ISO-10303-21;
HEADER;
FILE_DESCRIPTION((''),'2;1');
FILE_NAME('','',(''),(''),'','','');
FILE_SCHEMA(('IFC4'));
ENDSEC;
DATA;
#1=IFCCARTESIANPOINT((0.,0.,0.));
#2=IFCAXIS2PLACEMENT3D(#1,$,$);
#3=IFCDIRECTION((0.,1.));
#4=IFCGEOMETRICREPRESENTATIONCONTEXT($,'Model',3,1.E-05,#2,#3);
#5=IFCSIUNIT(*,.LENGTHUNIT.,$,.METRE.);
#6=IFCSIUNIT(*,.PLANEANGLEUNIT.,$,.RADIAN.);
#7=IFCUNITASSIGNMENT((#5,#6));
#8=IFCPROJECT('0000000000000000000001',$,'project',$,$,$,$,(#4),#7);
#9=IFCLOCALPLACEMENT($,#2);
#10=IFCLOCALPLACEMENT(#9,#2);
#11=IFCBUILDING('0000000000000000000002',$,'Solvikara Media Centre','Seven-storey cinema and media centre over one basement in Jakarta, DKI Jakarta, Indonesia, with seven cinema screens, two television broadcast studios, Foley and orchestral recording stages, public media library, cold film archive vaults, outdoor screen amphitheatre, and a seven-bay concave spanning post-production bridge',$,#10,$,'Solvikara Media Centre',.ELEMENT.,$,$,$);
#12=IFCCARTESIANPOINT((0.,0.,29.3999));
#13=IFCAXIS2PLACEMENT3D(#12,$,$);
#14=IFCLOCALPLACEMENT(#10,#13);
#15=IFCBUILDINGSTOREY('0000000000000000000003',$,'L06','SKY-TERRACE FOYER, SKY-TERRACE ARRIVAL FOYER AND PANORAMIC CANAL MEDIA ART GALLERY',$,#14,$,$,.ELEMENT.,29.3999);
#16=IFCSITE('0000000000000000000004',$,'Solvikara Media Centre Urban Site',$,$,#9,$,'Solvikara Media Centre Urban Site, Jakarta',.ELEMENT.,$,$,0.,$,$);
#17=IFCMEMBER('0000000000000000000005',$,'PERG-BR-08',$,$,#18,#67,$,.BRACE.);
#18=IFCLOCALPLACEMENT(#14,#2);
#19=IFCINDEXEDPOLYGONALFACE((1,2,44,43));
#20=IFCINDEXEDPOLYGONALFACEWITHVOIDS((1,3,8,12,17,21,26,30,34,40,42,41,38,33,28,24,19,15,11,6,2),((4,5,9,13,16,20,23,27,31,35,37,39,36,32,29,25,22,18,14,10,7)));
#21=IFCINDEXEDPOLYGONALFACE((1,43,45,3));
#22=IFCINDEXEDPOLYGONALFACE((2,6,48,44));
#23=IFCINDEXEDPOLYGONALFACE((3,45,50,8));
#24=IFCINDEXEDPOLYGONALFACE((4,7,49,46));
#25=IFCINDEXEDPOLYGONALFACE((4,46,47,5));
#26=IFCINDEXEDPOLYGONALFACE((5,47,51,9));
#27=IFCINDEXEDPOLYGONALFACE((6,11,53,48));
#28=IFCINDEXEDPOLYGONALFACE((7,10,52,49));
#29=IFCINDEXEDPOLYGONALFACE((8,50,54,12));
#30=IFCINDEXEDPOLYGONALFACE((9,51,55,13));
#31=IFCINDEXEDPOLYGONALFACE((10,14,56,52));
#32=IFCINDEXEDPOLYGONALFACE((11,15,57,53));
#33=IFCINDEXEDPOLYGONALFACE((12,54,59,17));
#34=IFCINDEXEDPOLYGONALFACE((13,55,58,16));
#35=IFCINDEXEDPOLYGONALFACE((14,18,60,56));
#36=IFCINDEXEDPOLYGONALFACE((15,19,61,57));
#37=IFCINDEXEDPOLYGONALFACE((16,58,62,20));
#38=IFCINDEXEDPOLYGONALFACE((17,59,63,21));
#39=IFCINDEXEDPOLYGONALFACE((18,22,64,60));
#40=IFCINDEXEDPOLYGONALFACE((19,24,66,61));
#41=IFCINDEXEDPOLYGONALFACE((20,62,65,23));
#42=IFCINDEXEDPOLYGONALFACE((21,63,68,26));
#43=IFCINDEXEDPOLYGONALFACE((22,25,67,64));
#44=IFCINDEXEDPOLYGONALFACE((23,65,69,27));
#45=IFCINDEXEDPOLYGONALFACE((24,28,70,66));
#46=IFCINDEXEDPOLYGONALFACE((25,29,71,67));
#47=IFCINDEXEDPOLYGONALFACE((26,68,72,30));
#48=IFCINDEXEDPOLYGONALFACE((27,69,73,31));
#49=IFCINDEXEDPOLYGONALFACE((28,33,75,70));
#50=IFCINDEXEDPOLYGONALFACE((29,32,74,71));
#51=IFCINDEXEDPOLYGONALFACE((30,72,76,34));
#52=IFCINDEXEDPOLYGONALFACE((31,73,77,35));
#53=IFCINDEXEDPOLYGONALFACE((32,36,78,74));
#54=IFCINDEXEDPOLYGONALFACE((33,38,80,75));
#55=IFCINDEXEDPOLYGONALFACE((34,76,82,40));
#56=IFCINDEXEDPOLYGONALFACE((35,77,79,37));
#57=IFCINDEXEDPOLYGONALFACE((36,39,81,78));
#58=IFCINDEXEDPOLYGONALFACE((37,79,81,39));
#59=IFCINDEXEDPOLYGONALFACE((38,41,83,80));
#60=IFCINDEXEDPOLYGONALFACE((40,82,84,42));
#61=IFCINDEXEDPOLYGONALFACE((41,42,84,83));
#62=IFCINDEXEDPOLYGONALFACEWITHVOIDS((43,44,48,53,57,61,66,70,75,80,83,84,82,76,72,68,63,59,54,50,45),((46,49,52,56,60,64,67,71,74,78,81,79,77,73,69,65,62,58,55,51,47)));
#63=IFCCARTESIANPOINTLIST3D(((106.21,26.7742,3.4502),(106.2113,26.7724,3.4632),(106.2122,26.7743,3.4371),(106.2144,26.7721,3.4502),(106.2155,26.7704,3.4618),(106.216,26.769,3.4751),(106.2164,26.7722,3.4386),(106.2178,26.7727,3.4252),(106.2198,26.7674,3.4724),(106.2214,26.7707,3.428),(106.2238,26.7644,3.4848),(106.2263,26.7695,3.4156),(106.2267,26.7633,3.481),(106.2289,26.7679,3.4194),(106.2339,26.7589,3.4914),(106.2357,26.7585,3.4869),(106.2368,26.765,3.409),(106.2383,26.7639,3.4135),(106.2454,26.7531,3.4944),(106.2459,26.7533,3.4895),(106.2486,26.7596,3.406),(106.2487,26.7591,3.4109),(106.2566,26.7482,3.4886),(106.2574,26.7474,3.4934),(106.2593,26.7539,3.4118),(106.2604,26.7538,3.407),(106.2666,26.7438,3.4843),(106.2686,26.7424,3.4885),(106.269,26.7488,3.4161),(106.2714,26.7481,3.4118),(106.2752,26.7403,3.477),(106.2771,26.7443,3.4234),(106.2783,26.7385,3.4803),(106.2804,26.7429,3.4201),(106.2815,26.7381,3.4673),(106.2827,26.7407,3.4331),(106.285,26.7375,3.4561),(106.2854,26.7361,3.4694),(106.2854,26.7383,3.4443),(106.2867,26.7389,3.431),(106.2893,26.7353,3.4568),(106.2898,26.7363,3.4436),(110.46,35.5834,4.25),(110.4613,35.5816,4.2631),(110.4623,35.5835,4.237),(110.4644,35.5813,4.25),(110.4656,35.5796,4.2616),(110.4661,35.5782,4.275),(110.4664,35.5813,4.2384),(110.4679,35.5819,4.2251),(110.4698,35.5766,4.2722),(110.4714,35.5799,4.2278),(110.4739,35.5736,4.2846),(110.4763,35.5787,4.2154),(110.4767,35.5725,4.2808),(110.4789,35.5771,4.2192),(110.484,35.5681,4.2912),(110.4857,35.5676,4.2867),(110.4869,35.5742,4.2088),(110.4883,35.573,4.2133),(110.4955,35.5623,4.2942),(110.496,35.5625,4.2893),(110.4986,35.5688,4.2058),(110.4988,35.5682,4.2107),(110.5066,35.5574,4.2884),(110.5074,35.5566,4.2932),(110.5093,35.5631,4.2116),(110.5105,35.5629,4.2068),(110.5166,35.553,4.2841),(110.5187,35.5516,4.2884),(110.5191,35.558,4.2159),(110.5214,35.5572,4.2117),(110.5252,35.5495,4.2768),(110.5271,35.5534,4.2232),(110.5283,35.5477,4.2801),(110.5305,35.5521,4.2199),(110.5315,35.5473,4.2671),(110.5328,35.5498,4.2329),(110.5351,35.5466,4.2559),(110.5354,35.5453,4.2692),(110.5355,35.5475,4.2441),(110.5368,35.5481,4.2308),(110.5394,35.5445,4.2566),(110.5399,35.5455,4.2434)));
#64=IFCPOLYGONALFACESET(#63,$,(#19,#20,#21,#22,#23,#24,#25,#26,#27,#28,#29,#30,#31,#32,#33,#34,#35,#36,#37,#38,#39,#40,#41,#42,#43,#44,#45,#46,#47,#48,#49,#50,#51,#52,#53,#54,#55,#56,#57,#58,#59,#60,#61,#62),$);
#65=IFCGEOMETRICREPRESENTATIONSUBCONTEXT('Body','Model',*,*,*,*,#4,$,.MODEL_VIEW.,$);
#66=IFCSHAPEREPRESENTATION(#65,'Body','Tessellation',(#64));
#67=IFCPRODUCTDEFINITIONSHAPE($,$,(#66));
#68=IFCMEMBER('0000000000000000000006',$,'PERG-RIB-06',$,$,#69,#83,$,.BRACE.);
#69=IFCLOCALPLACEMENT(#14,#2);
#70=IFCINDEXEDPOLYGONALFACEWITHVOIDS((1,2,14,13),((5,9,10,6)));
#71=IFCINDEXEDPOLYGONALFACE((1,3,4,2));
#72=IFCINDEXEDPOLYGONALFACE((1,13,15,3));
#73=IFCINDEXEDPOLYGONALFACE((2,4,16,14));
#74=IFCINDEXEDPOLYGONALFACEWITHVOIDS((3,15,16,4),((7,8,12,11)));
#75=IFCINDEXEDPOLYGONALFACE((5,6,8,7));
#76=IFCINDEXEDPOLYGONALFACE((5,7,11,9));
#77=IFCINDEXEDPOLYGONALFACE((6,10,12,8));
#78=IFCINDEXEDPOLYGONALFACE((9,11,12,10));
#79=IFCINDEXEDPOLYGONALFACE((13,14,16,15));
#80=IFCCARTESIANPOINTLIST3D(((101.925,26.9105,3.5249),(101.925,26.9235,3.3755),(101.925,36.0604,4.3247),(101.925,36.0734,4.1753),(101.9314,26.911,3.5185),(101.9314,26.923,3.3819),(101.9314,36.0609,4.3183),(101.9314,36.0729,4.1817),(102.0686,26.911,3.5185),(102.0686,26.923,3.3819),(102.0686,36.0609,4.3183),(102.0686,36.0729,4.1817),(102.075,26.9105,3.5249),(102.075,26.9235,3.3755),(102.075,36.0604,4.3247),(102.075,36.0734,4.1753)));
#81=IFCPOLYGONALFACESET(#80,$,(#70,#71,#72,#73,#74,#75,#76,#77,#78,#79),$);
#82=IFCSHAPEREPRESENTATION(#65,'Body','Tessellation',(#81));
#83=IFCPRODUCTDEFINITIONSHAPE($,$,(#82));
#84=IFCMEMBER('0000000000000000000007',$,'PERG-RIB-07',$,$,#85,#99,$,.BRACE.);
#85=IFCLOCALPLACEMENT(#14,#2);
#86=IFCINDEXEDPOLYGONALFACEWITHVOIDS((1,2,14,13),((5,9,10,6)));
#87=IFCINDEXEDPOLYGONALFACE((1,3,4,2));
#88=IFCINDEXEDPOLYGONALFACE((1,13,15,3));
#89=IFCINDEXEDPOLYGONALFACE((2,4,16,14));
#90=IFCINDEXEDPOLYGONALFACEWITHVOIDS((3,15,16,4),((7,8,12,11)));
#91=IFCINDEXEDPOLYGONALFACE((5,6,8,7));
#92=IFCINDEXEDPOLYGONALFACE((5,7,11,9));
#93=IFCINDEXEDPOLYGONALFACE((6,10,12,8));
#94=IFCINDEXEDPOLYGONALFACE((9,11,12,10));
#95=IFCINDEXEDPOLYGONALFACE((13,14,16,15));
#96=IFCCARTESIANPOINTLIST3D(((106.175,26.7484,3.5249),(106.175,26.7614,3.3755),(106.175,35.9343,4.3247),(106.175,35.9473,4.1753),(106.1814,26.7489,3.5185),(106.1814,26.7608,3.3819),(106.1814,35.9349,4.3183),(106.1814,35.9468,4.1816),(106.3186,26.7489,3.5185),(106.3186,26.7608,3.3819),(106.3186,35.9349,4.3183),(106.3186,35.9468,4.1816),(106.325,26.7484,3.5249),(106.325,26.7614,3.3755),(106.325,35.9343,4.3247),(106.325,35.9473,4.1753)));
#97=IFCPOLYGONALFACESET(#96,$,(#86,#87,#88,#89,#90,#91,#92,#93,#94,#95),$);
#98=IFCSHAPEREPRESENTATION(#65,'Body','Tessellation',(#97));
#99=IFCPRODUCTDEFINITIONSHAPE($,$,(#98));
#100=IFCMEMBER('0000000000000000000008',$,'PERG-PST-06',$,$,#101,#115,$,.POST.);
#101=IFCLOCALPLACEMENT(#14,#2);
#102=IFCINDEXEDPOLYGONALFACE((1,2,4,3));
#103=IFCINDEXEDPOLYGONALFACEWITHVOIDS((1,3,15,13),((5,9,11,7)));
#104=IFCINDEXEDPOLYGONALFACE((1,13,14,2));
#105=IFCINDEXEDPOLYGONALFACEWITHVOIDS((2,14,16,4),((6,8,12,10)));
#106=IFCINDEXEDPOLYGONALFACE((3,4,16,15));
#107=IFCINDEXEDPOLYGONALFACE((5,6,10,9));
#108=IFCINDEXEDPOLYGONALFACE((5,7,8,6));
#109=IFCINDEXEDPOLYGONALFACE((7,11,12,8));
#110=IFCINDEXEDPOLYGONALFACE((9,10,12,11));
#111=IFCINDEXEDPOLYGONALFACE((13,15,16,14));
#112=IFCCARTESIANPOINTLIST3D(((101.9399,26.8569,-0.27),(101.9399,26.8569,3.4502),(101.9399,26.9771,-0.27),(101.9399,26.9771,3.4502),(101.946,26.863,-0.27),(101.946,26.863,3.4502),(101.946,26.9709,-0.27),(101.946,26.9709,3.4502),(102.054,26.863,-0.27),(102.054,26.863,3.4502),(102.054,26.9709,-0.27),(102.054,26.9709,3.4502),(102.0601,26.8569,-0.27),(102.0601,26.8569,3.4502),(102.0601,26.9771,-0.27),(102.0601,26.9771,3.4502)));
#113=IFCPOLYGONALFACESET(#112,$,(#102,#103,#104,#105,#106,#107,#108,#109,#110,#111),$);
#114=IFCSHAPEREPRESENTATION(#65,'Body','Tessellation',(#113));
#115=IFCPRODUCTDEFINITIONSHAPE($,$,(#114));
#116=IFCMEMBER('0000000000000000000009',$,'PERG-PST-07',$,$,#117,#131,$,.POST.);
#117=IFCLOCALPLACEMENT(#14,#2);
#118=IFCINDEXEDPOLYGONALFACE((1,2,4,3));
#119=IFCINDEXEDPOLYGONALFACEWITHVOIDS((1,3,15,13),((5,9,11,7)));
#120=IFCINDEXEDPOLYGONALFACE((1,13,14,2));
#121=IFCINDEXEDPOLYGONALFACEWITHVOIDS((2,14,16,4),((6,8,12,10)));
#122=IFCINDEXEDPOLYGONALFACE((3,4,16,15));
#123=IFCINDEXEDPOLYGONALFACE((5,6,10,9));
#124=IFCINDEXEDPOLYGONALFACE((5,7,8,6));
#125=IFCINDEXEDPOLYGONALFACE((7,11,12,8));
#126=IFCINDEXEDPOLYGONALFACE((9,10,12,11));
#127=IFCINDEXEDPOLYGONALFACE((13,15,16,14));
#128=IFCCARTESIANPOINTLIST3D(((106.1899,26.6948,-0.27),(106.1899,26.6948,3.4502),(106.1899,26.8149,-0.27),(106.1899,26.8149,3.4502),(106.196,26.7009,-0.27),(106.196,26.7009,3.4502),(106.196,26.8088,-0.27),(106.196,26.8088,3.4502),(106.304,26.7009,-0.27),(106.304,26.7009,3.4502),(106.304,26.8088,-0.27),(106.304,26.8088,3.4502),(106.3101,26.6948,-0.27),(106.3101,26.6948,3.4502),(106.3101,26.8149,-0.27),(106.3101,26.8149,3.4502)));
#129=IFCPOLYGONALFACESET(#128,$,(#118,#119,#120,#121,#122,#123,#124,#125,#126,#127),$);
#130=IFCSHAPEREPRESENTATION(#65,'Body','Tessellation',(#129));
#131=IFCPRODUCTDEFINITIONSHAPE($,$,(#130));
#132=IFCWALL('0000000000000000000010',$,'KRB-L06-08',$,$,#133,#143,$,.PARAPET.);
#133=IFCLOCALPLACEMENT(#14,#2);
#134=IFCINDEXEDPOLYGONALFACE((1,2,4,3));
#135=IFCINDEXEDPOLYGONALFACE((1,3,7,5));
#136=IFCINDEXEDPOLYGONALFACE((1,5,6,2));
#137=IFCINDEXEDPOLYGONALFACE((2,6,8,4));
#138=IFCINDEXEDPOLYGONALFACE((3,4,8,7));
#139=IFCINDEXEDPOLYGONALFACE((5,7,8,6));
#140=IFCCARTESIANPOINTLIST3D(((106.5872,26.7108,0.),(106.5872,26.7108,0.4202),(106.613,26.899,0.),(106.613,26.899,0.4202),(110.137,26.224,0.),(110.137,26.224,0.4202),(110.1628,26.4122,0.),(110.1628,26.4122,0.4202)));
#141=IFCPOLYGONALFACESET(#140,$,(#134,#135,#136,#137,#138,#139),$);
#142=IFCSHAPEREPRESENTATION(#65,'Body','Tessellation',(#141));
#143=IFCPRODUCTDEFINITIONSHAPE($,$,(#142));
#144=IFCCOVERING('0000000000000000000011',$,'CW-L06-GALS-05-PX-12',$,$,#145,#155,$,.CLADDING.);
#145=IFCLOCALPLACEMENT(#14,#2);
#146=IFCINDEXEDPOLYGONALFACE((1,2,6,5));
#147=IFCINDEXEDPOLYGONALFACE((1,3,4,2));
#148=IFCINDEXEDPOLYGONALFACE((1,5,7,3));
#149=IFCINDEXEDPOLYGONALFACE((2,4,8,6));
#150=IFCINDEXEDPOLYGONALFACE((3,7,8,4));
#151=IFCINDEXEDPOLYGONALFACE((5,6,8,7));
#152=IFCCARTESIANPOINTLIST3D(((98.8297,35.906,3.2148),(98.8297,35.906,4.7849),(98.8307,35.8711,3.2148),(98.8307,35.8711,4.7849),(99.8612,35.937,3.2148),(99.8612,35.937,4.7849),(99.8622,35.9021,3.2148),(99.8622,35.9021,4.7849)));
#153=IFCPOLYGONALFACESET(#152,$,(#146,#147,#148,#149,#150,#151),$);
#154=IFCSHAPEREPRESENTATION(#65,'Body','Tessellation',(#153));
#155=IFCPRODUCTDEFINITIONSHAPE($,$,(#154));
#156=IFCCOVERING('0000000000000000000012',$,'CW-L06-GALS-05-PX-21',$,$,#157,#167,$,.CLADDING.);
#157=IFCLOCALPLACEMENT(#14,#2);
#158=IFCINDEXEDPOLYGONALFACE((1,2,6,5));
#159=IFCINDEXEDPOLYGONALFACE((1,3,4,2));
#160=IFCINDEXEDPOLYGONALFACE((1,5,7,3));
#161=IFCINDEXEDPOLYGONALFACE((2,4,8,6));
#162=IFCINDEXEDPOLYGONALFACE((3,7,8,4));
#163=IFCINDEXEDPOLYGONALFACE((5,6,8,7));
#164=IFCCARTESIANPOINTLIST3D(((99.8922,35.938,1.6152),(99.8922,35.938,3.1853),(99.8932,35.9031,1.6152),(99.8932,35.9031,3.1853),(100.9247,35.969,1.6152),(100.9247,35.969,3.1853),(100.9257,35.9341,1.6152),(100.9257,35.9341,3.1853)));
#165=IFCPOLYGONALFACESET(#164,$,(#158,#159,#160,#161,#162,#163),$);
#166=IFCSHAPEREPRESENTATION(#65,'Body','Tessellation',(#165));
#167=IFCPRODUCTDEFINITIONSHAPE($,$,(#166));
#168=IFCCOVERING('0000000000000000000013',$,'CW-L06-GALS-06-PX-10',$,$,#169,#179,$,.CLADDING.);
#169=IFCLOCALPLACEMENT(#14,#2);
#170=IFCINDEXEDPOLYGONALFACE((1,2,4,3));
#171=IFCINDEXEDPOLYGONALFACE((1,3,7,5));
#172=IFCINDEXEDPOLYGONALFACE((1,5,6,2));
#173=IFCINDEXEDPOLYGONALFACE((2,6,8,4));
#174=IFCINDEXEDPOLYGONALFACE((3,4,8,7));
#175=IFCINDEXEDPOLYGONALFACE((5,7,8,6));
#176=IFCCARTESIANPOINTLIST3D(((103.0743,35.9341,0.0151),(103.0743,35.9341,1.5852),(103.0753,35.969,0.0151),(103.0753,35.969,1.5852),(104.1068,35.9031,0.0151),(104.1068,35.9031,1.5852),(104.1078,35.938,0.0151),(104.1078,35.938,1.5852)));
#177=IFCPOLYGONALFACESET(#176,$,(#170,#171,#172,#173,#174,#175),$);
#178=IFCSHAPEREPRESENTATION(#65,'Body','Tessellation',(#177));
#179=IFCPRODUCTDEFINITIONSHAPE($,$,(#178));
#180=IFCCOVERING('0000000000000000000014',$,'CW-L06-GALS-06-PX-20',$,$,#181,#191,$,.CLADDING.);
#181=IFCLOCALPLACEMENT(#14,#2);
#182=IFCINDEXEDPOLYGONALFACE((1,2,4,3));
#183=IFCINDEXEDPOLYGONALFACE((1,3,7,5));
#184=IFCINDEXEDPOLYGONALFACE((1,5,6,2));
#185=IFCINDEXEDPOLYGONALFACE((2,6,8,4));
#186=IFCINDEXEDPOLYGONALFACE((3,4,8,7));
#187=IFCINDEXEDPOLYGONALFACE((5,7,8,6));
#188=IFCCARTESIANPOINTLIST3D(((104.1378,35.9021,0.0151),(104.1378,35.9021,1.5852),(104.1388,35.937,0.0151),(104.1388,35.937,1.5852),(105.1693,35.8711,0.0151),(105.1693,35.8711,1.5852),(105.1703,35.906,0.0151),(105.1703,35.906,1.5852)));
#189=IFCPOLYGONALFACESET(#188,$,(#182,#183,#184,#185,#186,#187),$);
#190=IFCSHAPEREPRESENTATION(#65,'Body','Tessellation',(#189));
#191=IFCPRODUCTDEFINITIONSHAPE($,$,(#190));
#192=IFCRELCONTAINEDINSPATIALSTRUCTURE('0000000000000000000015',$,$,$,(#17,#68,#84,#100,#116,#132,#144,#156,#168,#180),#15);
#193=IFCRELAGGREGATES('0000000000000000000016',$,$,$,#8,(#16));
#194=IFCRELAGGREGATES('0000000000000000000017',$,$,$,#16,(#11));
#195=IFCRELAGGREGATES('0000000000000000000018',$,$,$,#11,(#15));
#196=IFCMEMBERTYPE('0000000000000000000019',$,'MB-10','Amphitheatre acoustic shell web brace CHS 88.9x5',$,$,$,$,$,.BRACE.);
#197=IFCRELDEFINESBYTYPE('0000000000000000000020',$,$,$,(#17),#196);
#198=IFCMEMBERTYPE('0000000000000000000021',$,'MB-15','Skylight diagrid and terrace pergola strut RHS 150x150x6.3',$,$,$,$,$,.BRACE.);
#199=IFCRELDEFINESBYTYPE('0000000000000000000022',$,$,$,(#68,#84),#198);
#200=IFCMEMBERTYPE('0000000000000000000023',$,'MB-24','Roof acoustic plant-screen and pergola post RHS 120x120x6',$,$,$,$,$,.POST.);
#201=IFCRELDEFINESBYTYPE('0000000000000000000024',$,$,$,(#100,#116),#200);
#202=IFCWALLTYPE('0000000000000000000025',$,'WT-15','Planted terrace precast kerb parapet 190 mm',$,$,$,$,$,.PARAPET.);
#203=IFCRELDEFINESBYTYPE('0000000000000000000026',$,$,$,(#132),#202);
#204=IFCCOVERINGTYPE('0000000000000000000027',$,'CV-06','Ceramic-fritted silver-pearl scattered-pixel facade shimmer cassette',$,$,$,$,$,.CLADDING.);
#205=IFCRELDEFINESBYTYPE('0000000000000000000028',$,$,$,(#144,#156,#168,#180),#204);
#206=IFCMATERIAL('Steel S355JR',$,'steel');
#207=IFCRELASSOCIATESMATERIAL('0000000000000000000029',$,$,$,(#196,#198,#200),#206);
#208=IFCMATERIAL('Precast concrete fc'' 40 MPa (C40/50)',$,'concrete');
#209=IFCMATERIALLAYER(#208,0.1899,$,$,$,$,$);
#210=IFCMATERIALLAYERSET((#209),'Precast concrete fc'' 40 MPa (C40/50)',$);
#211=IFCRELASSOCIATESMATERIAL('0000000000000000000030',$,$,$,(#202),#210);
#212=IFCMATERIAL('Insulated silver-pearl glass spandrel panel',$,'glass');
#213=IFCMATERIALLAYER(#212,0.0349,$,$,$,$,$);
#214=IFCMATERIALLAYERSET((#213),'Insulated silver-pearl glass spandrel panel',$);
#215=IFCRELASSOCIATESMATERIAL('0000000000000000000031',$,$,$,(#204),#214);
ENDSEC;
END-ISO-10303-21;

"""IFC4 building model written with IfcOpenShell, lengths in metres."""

from ifc_helpers import new_model, si_unit, direction, frame, frame_2d, origin, origin_2d, place, context, subcontext, project, spatial, rectangle, hollow_rectangle, hollow_circle, extrude, material, layer, layer_set, material_profile, profile_set, type_object, element, save


model = new_model("IFC4")

# Units and contexts
model_context = context("Model", 3, precision=1e-05, world=origin(), true_north=direction((0.0, 1.0)))
body_context = subcontext(model_context, "Body", "Model", "MODEL_VIEW")
ifc_project = project(units=[si_unit("LENGTHUNIT", "METRE"), si_unit("PLANEANGLEUNIT", "RADIAN")], contexts=[model_context])

# Site, building, storey
site_placement = place(None, origin())
site = spatial("IfcSite", under=ifc_project, at=site_placement, Name="Solvikara Media Centre Urban Site", LongName="Solvikara Media Centre Urban Site, Jakarta", CompositionType="ELEMENT", RefElevation=0.0)
building_placement = place(site_placement, origin())
building = spatial("IfcBuilding", under=site, at=building_placement, Name="Solvikara Media Centre", Description="Seven-storey cinema and media centre over one basement in Jakarta, DKI Jakarta, Indonesia, with seven cinema screens, two television broadcast studios, Foley and orchestral recording stages, public media library, cold film archive vaults, outdoor screen amphitheatre, and a seven-bay concave spanning post-production bridge", LongName="Solvikara Media Centre", CompositionType="ELEMENT")
storey_placement = place(building_placement, frame((0.0, 0.0, 29.3999)))
storey = spatial("IfcBuildingStorey", under=building, at=storey_placement, Name="L06", Description="SKY-TERRACE FOYER, SKY-TERRACE ARRIVAL FOYER AND PANORAMIC CANAL MEDIA ART GALLERY", CompositionType="ELEMENT", Elevation=29.3999)

# Shared definitions
ifc_material_1 = material(Name="Steel S355JR", Category="steel")

# Members
ifc_material_profile_1 = material_profile(ifc_material_1, hollow_circle(Radius=0.0444, WallThickness=0.0049, at=origin_2d()), Name="CHS 88.9x5")
ifc_profile_set_1 = profile_set([ifc_material_profile_1], Name="Steel S355JR")
member_type_1 = type_object("IfcMemberType", Name="MB-10", Description="Amphitheatre acoustic shell web brace CHS 88.9x5", PredefinedType="BRACE", material=ifc_profile_set_1)
member_1_placement = place(storey_placement, frame((106.25, 26.7549, 3.4502), z_axis=(0.433083, 0.897662, 0.081502), x_axis=(-0.900658, 0.434528, 0.0)))
element("IfcMember", 1, at=member_1_placement, inside=storey, type_object=member_type_1, Name="PERG-BR-08", PredefinedType="BRACE", context=body_context, shape_type="SweptSolid", body=[
    extrude(hollow_circle(Radius=0.0444, WallThickness=0.0049, at=origin_2d()), origin(), (0.0, 0.0, 1.0), 9.8135),
])
ifc_material_profile_2 = material_profile(ifc_material_1, hollow_rectangle(XDim=0.1499, YDim=0.1499, WallThickness=0.0063, at=origin_2d()), Name="RHS 150x150x6.3")
ifc_profile_set_2 = profile_set([ifc_material_profile_2], Name="Steel S355JR")
member_type_2 = type_object("IfcMemberType", Name="MB-15", Description="Skylight diagrid and terrace pergola strut RHS 150x150x6.3", PredefinedType="BRACE", material=ifc_profile_set_2)
member_2_placement = place(storey_placement, frame((102.0, 26.917, 3.4502), z_axis=(0.0, 0.996201, 0.087079), x_axis=(-1.0, 0.0, 0.0)))
element("IfcMember", 2, at=member_2_placement, inside=storey, type_object=member_type_2, Name="PERG-RIB-06", PredefinedType="BRACE", context=body_context, shape_type="SweptSolid", body=[
    extrude(hollow_rectangle(XDim=0.1499, YDim=0.1499, WallThickness=0.0063, at=origin_2d()), origin(), (0.0, 0.0, 1.0), 9.1848),
])
member_3_placement = place(storey_placement, frame((106.25, 26.7549, 3.4502), z_axis=(0.0, 0.996231, 0.086739), x_axis=(-1.0, 0.0, 0.0)))
element("IfcMember", 3, at=member_3_placement, inside=storey, type_object=member_type_2, Name="PERG-RIB-07", PredefinedType="BRACE", context=body_context, shape_type="SweptSolid", body=[
    extrude(hollow_rectangle(XDim=0.1499, YDim=0.1499, WallThickness=0.0063, at=origin_2d()), origin(), (0.0, 0.0, 1.0), 9.2207),
])
ifc_material_profile_3 = material_profile(ifc_material_1, hollow_rectangle(XDim=0.1201, YDim=0.1201, WallThickness=0.0061, at=origin_2d()), Name="RHS 120x120x6")
ifc_profile_set_3 = profile_set([ifc_material_profile_3], Name="Steel S355JR")
member_type_3 = type_object("IfcMemberType", Name="MB-24", Description="Roof acoustic plant-screen and pergola post RHS 120x120x6", PredefinedType="POST", material=ifc_profile_set_3)
for number, where, z_axis, x_axis, name in (
    (4, (102.0, 26.917, -0.27), (0.0, 0.0, 1.0), (1.0, 0.0, 0.0), "PERG-PST-06"),
    (5, (106.25, 26.7549, -0.27), (0.0, 0.0, 1.0), (1.0, 0.0, 0.0), "PERG-PST-07"),
):
    element("IfcMember", number, at=place(storey_placement, frame(where, z_axis=z_axis, x_axis=x_axis)), inside=storey, type_object=member_type_3, Name=name, PredefinedType="POST", context=body_context, shape_type="SweptSolid", body=[
        extrude(hollow_rectangle(XDim=0.1201, YDim=0.1201, WallThickness=0.0061, at=origin_2d()), origin(), (0.0, 0.0, 1.0), 3.7202),
    ])

# Wall
ifc_material_2 = material(Name="Precast concrete fc' 40 MPa (C40/50)", Category="concrete")
ifc_layer_1 = layer(ifc_material_2, 0.1899)
ifc_layer_set_1 = layer_set([ifc_layer_1], Name="Precast concrete fc' 40 MPa (C40/50)")
wall_type = type_object("IfcWallType", Name="WT-15", Description="Planted terrace precast kerb parapet 190 mm", PredefinedType="PARAPET", material=ifc_layer_set_1)
wall_placement = place(storey_placement, frame((106.6001, 26.8049, 0.0), z_axis=(0.0, 0.0, 1.0), x_axis=(0.990727, -0.135867, 0.0)))
element("IfcWall", 6, at=wall_placement, inside=storey, type_object=wall_type, Name="KRB-L06-08", PredefinedType="PARAPET", context=body_context, shape_type="SweptSolid", body=[
    extrude(rectangle(XDim=3.583, YDim=0.1899, at=frame_2d((1.7915, 0.0))), origin(), (0.0, 0.0, 1.0), 0.4202),
])

# Coverings
ifc_material_3 = material(Name="Insulated silver-pearl glass spandrel panel", Category="glass")
ifc_layer_2 = layer(ifc_material_3, 0.0349)
ifc_layer_set_2 = layer_set([ifc_layer_2], Name="Insulated silver-pearl glass spandrel panel")
covering_type = type_object("IfcCoveringType", Name="CV-06", Description="Ceramic-fritted silver-pearl scattered-pixel facade shimmer cassette", PredefinedType="CLADDING", material=ifc_layer_set_2)
covering_placement = place(storey_placement, frame((99.3459, 35.9041, 3.2148), z_axis=(0.0, 0.0, 1.0), x_axis=(0.999549, 0.030033, 0.0)))
element("IfcCovering", 7, at=covering_placement, inside=storey, type_object=covering_type, Name="CW-L06-GALS-05-PX-12", PredefinedType="CLADDING", context=body_context, shape_type="SweptSolid", body=[
    extrude(rectangle(XDim=1.032, YDim=0.0349, at=origin_2d()), origin(), (0.0, 0.0, 1.0), 1.5701),
])
for number, where, z_axis, x_axis, name in (
    (8, (100.4089, 35.936, 1.6152), (0.0, 0.0, 1.0), (0.99955, 0.029998, 0.0), "CW-L06-GALS-05-PX-21"),
    (9, (103.5911, 35.936, 0.0151), (0.0, 0.0, 1.0), (0.99955, -0.029998, 0.0), "CW-L06-GALS-06-PX-10"),
):
    element("IfcCovering", number, at=place(storey_placement, frame(where, z_axis=z_axis, x_axis=x_axis)), inside=storey, type_object=covering_type, Name=name, PredefinedType="CLADDING", context=body_context, shape_type="SweptSolid", body=[
        extrude(rectangle(XDim=1.033, YDim=0.0349, at=origin_2d()), origin(), (0.0, 0.0, 1.0), 1.5701),
    ])
for number, where, z_axis, x_axis, name in (
    (10, (104.6541, 35.9041, 0.0151), (0.0, 0.0, 1.0), (0.999549, -0.030033, 0.0), "CW-L06-GALS-06-PX-20"),
):
    element("IfcCovering", number, at=place(storey_placement, frame(where, z_axis=z_axis, x_axis=x_axis)), inside=storey, type_object=covering_type, Name=name, PredefinedType="CLADDING", context=body_context, shape_type="SweptSolid", body=[
        extrude(rectangle(XDim=1.032, YDim=0.0349, at=origin_2d()), origin(), (0.0, 0.0, 1.0), 1.5701),
    ])

save(model, "model.ifc")
